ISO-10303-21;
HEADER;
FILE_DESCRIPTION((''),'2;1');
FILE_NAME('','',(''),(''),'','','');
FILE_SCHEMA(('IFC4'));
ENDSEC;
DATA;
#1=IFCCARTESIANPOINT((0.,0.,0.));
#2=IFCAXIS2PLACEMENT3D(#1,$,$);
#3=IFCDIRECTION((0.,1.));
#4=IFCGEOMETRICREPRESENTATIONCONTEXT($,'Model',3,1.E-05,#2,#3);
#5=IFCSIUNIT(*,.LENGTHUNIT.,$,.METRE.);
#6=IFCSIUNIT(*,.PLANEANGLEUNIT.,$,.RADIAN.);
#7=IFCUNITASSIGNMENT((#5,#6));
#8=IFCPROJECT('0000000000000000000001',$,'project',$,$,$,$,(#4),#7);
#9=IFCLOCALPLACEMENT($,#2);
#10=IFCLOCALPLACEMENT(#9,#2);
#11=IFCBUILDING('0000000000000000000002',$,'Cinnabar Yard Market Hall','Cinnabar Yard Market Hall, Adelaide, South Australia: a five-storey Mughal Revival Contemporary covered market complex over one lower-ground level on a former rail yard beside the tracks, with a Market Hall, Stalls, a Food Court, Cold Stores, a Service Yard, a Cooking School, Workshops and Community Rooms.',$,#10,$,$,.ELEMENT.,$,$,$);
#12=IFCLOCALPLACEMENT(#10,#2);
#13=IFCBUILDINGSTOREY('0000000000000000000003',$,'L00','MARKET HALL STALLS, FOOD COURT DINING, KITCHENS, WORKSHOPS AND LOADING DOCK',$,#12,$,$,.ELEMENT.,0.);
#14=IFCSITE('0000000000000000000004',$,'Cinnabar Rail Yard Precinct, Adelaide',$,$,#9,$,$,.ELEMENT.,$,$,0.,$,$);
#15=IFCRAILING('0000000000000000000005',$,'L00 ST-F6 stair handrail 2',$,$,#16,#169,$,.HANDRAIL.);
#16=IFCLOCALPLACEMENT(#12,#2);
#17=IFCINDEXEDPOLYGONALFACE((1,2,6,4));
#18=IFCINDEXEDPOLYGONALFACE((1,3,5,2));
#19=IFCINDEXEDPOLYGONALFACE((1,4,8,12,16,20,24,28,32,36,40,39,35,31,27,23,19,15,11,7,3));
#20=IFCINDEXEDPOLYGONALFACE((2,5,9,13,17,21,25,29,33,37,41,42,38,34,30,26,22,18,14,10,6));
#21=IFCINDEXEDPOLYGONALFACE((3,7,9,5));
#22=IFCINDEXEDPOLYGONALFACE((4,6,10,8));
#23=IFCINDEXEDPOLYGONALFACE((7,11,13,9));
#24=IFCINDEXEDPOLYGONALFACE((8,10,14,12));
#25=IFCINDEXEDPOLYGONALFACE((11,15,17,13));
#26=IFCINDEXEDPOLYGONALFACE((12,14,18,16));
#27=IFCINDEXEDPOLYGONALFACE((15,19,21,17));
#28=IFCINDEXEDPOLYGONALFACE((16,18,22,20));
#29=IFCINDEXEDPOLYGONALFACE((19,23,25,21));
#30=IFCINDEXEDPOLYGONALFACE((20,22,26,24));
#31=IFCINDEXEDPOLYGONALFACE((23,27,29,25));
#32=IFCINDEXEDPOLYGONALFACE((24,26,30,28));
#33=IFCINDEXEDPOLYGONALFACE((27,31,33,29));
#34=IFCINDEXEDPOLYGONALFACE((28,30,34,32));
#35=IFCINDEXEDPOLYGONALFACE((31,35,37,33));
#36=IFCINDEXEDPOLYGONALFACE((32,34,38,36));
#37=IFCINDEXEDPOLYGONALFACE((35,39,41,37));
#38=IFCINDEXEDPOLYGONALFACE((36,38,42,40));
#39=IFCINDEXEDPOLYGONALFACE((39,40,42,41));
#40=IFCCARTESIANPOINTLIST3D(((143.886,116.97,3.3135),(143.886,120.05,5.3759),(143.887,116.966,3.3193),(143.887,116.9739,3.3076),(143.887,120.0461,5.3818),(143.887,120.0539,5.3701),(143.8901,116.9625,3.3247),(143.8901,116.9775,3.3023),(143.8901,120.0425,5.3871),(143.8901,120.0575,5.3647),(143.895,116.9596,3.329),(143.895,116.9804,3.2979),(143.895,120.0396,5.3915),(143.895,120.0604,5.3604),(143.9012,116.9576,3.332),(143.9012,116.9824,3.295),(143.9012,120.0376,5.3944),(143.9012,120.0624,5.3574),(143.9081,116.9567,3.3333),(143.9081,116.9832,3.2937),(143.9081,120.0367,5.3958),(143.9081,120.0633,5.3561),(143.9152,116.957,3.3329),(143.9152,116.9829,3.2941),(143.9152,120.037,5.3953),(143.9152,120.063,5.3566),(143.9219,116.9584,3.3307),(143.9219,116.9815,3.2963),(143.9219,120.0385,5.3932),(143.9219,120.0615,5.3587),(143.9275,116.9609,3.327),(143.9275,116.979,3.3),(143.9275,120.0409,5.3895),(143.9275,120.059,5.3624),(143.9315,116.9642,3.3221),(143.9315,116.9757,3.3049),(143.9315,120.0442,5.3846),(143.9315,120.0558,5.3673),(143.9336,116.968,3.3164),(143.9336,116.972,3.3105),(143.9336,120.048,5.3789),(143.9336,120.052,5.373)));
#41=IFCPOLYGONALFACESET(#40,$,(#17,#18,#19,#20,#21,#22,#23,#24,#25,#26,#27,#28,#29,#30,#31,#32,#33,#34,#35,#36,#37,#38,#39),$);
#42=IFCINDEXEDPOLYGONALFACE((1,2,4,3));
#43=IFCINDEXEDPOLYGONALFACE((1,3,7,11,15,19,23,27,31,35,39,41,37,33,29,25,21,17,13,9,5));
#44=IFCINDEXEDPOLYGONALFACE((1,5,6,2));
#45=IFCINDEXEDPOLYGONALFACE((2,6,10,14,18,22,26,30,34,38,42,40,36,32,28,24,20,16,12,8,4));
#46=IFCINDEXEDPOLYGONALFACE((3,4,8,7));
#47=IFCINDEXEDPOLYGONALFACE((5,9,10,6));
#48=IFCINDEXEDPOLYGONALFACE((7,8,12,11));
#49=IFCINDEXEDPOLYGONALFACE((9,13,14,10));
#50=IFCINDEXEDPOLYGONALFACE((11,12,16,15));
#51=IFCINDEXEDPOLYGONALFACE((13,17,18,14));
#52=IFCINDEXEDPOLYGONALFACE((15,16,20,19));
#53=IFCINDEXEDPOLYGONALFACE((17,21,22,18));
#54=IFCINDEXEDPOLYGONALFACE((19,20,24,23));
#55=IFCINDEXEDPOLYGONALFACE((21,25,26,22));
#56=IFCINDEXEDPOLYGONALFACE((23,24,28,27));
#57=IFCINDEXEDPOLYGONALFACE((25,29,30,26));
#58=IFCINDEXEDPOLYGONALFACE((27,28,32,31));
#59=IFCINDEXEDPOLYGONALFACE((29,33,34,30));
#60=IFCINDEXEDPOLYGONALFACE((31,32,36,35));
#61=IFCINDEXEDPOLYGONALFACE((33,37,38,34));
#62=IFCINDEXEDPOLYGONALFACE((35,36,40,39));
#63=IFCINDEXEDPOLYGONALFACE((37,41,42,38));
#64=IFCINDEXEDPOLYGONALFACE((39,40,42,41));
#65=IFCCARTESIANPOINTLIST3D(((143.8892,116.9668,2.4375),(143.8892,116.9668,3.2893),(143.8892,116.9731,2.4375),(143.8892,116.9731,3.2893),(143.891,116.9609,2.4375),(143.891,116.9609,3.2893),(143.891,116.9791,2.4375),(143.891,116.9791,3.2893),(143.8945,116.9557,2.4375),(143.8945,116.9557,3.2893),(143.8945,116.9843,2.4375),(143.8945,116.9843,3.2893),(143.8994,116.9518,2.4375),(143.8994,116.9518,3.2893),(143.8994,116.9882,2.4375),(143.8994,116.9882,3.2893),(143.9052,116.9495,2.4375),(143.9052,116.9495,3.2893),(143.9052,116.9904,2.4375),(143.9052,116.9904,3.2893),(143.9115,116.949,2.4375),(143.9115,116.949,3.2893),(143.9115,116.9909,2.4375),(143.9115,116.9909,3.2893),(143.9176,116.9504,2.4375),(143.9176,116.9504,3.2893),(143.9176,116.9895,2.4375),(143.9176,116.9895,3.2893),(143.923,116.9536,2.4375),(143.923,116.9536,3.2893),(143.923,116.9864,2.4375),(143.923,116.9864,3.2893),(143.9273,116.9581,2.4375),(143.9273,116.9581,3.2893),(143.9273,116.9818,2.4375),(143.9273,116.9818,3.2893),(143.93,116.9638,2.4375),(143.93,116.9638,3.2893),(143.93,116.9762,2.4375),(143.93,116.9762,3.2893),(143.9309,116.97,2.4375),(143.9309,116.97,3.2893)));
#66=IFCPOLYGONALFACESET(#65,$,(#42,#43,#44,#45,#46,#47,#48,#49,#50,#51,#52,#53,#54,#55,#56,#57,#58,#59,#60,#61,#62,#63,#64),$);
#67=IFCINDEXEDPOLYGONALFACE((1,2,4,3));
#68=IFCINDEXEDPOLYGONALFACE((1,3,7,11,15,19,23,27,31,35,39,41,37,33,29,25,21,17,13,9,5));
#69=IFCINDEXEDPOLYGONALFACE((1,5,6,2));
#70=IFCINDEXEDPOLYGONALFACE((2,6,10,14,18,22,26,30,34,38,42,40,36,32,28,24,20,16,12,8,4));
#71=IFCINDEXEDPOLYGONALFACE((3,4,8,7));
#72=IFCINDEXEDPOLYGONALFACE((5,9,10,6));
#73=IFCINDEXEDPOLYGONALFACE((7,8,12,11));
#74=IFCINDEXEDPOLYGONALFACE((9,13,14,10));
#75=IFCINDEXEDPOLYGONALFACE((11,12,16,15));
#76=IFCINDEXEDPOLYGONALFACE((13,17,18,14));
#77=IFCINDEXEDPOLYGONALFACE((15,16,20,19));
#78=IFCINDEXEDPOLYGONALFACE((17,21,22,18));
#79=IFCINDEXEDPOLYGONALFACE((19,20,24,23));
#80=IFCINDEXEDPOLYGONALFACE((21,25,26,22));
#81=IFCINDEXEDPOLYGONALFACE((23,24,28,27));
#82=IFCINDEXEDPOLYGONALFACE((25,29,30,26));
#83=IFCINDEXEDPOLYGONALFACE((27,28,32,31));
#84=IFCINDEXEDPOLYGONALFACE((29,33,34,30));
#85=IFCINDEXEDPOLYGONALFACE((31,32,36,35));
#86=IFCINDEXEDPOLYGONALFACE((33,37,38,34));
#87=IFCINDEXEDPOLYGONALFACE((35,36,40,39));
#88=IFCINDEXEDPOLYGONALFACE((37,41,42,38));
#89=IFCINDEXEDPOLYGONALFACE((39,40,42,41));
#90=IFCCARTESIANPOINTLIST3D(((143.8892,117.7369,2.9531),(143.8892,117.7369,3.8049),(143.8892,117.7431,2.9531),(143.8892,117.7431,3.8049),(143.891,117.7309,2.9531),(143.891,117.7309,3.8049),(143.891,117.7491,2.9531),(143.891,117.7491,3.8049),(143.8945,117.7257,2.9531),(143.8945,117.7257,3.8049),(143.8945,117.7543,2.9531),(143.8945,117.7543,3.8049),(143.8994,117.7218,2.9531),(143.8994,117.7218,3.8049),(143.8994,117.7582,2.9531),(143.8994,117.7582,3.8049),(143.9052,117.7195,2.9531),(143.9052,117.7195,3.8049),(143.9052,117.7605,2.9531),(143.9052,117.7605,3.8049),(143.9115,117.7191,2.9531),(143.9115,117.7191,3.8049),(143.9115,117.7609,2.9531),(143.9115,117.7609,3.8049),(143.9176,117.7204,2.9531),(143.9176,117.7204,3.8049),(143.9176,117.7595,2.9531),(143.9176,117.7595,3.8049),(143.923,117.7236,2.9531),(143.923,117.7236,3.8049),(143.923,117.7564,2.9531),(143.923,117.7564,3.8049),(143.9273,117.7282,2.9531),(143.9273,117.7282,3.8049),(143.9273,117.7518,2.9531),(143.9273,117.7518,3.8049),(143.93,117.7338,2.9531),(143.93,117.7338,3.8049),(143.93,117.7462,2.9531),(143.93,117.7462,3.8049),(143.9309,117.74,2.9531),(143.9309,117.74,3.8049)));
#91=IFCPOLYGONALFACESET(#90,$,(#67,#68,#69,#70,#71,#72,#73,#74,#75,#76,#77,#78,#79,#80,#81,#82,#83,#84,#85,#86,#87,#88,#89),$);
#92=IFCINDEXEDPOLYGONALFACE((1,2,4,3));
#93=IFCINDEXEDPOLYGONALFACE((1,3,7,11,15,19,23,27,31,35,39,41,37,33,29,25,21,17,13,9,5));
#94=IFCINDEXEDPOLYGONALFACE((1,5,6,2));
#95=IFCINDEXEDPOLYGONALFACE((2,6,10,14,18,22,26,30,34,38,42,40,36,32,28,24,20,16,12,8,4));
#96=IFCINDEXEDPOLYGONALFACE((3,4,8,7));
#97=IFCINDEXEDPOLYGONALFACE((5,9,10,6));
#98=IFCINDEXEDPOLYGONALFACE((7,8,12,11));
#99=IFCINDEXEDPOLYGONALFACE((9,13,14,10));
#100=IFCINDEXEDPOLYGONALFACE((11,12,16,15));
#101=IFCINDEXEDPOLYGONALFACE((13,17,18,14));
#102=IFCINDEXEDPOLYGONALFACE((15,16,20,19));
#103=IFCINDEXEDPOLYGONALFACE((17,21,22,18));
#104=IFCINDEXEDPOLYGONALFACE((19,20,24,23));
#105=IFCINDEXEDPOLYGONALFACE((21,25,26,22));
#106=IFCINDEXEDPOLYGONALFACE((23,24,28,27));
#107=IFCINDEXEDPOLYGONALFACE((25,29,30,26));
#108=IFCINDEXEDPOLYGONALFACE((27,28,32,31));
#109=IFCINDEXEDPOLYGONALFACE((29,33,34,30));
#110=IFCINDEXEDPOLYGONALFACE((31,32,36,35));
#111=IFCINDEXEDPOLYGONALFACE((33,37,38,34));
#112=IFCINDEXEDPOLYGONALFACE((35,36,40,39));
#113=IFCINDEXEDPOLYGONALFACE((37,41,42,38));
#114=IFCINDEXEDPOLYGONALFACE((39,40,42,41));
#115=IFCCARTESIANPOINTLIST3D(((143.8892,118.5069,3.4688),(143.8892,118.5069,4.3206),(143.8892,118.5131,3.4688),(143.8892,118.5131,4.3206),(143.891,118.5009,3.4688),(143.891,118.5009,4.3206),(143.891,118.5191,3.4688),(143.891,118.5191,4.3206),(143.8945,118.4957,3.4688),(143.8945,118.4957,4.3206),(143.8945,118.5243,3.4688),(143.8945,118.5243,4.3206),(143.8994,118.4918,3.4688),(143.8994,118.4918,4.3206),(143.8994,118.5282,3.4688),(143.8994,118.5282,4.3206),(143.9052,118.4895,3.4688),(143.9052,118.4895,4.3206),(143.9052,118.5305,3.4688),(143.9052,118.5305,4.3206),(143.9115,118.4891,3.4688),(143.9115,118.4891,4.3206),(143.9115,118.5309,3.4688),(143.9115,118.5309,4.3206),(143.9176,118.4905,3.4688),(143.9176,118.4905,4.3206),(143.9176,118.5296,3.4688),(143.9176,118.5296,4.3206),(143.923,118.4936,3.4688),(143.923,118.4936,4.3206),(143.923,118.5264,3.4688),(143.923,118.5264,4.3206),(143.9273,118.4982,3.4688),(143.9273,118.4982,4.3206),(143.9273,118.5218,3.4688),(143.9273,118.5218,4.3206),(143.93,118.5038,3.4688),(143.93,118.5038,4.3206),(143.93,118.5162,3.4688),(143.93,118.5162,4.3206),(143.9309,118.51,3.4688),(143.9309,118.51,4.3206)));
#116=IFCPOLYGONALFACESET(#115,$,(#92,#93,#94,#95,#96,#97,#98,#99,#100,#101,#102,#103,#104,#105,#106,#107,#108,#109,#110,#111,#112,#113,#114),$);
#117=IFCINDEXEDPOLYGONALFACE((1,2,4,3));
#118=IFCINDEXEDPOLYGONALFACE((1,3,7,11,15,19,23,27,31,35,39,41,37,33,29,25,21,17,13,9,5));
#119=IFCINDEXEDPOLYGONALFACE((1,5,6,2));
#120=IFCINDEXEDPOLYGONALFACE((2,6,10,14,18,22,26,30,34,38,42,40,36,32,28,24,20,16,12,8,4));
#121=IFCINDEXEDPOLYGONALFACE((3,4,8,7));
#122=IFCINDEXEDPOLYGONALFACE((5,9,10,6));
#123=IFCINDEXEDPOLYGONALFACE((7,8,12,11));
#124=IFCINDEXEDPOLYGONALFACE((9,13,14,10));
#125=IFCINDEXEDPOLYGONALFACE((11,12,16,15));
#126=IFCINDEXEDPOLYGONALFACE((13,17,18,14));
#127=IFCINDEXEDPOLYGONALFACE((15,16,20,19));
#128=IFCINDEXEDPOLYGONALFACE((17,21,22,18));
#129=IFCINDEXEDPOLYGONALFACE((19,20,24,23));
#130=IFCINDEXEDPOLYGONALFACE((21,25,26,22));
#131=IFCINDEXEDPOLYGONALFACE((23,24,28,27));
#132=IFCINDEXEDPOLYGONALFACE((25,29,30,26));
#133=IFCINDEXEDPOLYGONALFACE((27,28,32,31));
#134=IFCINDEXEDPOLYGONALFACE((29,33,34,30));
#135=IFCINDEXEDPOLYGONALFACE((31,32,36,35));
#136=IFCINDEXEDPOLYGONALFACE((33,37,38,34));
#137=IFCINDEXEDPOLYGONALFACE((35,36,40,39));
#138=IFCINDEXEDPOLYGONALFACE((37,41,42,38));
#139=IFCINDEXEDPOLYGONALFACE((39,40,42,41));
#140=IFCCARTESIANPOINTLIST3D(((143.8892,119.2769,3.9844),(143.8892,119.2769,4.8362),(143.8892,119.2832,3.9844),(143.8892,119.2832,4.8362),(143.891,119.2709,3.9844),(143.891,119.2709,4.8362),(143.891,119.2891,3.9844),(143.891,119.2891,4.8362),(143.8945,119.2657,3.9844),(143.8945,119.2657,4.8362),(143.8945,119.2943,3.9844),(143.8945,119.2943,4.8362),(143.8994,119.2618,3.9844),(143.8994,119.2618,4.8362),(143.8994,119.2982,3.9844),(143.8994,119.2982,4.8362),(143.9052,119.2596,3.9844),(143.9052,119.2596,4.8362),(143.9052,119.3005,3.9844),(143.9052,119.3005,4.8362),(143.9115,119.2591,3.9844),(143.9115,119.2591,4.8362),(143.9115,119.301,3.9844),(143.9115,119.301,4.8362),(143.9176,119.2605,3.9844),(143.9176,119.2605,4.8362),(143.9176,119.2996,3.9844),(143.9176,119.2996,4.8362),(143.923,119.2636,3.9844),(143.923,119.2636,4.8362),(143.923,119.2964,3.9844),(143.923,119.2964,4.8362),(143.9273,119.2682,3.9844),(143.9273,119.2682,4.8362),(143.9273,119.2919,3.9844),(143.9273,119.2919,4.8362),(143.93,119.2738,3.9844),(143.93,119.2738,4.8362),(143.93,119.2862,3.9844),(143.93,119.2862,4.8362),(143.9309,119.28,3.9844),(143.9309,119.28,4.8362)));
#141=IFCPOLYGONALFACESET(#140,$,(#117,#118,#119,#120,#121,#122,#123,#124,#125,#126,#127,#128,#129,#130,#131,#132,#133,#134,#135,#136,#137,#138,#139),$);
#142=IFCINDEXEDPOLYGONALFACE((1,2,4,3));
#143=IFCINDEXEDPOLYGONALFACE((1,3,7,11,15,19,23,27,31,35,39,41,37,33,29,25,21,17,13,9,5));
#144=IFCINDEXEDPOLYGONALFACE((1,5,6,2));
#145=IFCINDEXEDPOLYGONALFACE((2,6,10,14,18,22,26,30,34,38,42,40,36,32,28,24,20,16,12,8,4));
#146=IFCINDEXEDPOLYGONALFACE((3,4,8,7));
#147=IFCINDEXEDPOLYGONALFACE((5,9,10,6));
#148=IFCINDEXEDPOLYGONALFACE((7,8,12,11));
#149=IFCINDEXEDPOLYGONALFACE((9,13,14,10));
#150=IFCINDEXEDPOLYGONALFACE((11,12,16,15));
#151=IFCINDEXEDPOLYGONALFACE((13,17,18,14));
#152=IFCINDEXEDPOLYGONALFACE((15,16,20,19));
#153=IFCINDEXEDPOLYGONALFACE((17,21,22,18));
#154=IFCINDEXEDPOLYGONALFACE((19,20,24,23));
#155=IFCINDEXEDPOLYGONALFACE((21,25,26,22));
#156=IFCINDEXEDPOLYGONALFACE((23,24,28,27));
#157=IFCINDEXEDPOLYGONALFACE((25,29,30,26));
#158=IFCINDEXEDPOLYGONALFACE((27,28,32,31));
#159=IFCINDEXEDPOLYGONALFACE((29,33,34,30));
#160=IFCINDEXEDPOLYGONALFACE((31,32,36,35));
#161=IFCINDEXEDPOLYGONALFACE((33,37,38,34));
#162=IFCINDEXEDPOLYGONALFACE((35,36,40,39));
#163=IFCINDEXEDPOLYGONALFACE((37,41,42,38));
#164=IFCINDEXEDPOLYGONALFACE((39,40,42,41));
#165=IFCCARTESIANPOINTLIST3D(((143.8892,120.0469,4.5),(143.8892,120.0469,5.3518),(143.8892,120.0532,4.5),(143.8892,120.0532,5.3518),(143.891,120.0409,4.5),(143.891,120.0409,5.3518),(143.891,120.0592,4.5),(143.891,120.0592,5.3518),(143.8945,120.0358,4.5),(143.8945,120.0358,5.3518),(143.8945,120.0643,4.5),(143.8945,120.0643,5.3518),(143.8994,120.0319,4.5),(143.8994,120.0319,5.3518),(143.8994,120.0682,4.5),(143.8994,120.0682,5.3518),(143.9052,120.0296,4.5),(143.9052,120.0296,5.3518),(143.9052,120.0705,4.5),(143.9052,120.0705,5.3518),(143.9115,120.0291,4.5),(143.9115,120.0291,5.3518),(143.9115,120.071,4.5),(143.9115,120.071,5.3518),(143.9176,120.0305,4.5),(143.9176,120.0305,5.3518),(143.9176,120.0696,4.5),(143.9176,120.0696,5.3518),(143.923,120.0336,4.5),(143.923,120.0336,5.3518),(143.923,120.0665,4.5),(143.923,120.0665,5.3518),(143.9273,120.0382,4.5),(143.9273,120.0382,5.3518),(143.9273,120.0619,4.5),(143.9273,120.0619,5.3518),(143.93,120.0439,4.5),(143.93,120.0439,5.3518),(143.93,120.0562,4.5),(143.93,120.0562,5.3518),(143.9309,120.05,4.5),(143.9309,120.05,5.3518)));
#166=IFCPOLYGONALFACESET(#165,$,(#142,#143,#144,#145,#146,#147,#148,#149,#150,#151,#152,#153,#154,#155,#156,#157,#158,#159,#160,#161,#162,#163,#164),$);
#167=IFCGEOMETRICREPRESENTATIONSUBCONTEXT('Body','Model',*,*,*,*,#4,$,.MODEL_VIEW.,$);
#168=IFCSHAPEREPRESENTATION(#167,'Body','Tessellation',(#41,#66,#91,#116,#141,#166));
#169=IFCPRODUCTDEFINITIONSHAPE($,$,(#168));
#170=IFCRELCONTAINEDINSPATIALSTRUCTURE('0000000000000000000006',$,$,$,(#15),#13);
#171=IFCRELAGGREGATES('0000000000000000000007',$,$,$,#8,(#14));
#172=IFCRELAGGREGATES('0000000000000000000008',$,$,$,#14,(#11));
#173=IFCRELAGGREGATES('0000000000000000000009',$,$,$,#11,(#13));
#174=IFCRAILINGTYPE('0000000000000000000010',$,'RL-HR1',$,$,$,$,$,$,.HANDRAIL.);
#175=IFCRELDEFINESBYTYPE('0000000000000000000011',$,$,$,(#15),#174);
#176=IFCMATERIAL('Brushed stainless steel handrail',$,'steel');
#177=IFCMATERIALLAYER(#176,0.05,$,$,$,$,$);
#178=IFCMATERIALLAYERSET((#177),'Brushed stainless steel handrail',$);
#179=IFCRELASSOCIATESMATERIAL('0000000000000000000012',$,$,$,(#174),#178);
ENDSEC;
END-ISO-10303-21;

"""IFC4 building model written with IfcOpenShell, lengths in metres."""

from ifc_helpers import new_model, si_unit, direction, frame, origin, origin_2d_with_axis, place, context, subcontext, project, spatial, circle, extrude, material, layer, layer_set, type_object, element, save


model = new_model("IFC4")

# Units and contexts
model_context = context("Model", 3, precision=1e-05, world=origin(), true_north=direction((0.0, 1.0)))
body_context = subcontext(model_context, "Body", "Model", "MODEL_VIEW")
ifc_project = project(units=[si_unit("LENGTHUNIT", "METRE"), si_unit("PLANEANGLEUNIT", "RADIAN")], contexts=[model_context])

# Site, building, storey
site_placement = place(None, origin())
site = spatial("IfcSite", under=ifc_project, at=site_placement, Name="Cinnabar Rail Yard Precinct, Adelaide", CompositionType="ELEMENT", RefElevation=0.0)
building_placement = place(site_placement, origin())
building = spatial("IfcBuilding", under=site, at=building_placement, Name="Cinnabar Yard Market Hall", Description="Cinnabar Yard Market Hall, Adelaide, South Australia: a five-storey Mughal Revival Contemporary covered market complex over one lower-ground level on a former rail yard beside the tracks, with a Market Hall, Stalls, a Food Court, Cold Stores, a Service Yard, a Cooking School, Workshops and Community Rooms.", CompositionType="ELEMENT")
storey_placement = place(building_placement, origin())
storey = spatial("IfcBuildingStorey", under=building, at=storey_placement, Name="L00", Description="MARKET HALL STALLS, FOOD COURT DINING, KITCHENS, WORKSHOPS AND LOADING DOCK", CompositionType="ELEMENT", Elevation=0.0)

# Railing
ifc_material_1 = material(Name="Brushed stainless steel handrail", Category="steel")
ifc_layer_1 = layer(ifc_material_1, 0.05)
ifc_layer_set_1 = layer_set([ifc_layer_1], Name="Brushed stainless steel handrail")
railing_type_1 = type_object("IfcRailingType", Name="RL-HR1", PredefinedType="HANDRAIL", material=ifc_layer_set_1)
railing_1_placement = place(storey_placement, frame((143.9099, 116.97, 2.4375)))
element("IfcRailing", 1, at=railing_1_placement, inside=storey, type_object=railing_type_1, Name="L00 ST-F6 stair handrail 2", PredefinedType="HANDRAIL", context=body_context, shape_type="SweptSolid", body=[
    extrude(circle(Radius=0.0239, at=origin_2d_with_axis()), frame((0.0, 0.0, 0.876), z_axis=(0.0, 0.830914, 0.556401), x_axis=(-1.0, 0.0, 0.0)), (0.0, 0.0, 1.0), 3.7068),
    extrude(circle(Radius=0.021, at=origin_2d_with_axis()), origin(), (0.0, 0.0, 1.0), 0.8518),
    extrude(circle(Radius=0.021, at=origin_2d_with_axis()), frame((0.0, 0.77, 0.5156)), (0.0, 0.0, 1.0), 0.8518),
    extrude(circle(Radius=0.021, at=origin_2d_with_axis()), frame((0.0, 1.54, 1.0312)), (0.0, 0.0, 1.0), 0.8518),
    extrude(circle(Radius=0.021, at=origin_2d_with_axis()), frame((0.0, 2.3101, 1.5469)), (0.0, 0.0, 1.0), 0.8518),
    extrude(circle(Radius=0.021, at=origin_2d_with_axis()), frame((0.0, 3.0801, 2.0625)), (0.0, 0.0, 1.0), 0.8518),
])

save(model, "model.ifc")
